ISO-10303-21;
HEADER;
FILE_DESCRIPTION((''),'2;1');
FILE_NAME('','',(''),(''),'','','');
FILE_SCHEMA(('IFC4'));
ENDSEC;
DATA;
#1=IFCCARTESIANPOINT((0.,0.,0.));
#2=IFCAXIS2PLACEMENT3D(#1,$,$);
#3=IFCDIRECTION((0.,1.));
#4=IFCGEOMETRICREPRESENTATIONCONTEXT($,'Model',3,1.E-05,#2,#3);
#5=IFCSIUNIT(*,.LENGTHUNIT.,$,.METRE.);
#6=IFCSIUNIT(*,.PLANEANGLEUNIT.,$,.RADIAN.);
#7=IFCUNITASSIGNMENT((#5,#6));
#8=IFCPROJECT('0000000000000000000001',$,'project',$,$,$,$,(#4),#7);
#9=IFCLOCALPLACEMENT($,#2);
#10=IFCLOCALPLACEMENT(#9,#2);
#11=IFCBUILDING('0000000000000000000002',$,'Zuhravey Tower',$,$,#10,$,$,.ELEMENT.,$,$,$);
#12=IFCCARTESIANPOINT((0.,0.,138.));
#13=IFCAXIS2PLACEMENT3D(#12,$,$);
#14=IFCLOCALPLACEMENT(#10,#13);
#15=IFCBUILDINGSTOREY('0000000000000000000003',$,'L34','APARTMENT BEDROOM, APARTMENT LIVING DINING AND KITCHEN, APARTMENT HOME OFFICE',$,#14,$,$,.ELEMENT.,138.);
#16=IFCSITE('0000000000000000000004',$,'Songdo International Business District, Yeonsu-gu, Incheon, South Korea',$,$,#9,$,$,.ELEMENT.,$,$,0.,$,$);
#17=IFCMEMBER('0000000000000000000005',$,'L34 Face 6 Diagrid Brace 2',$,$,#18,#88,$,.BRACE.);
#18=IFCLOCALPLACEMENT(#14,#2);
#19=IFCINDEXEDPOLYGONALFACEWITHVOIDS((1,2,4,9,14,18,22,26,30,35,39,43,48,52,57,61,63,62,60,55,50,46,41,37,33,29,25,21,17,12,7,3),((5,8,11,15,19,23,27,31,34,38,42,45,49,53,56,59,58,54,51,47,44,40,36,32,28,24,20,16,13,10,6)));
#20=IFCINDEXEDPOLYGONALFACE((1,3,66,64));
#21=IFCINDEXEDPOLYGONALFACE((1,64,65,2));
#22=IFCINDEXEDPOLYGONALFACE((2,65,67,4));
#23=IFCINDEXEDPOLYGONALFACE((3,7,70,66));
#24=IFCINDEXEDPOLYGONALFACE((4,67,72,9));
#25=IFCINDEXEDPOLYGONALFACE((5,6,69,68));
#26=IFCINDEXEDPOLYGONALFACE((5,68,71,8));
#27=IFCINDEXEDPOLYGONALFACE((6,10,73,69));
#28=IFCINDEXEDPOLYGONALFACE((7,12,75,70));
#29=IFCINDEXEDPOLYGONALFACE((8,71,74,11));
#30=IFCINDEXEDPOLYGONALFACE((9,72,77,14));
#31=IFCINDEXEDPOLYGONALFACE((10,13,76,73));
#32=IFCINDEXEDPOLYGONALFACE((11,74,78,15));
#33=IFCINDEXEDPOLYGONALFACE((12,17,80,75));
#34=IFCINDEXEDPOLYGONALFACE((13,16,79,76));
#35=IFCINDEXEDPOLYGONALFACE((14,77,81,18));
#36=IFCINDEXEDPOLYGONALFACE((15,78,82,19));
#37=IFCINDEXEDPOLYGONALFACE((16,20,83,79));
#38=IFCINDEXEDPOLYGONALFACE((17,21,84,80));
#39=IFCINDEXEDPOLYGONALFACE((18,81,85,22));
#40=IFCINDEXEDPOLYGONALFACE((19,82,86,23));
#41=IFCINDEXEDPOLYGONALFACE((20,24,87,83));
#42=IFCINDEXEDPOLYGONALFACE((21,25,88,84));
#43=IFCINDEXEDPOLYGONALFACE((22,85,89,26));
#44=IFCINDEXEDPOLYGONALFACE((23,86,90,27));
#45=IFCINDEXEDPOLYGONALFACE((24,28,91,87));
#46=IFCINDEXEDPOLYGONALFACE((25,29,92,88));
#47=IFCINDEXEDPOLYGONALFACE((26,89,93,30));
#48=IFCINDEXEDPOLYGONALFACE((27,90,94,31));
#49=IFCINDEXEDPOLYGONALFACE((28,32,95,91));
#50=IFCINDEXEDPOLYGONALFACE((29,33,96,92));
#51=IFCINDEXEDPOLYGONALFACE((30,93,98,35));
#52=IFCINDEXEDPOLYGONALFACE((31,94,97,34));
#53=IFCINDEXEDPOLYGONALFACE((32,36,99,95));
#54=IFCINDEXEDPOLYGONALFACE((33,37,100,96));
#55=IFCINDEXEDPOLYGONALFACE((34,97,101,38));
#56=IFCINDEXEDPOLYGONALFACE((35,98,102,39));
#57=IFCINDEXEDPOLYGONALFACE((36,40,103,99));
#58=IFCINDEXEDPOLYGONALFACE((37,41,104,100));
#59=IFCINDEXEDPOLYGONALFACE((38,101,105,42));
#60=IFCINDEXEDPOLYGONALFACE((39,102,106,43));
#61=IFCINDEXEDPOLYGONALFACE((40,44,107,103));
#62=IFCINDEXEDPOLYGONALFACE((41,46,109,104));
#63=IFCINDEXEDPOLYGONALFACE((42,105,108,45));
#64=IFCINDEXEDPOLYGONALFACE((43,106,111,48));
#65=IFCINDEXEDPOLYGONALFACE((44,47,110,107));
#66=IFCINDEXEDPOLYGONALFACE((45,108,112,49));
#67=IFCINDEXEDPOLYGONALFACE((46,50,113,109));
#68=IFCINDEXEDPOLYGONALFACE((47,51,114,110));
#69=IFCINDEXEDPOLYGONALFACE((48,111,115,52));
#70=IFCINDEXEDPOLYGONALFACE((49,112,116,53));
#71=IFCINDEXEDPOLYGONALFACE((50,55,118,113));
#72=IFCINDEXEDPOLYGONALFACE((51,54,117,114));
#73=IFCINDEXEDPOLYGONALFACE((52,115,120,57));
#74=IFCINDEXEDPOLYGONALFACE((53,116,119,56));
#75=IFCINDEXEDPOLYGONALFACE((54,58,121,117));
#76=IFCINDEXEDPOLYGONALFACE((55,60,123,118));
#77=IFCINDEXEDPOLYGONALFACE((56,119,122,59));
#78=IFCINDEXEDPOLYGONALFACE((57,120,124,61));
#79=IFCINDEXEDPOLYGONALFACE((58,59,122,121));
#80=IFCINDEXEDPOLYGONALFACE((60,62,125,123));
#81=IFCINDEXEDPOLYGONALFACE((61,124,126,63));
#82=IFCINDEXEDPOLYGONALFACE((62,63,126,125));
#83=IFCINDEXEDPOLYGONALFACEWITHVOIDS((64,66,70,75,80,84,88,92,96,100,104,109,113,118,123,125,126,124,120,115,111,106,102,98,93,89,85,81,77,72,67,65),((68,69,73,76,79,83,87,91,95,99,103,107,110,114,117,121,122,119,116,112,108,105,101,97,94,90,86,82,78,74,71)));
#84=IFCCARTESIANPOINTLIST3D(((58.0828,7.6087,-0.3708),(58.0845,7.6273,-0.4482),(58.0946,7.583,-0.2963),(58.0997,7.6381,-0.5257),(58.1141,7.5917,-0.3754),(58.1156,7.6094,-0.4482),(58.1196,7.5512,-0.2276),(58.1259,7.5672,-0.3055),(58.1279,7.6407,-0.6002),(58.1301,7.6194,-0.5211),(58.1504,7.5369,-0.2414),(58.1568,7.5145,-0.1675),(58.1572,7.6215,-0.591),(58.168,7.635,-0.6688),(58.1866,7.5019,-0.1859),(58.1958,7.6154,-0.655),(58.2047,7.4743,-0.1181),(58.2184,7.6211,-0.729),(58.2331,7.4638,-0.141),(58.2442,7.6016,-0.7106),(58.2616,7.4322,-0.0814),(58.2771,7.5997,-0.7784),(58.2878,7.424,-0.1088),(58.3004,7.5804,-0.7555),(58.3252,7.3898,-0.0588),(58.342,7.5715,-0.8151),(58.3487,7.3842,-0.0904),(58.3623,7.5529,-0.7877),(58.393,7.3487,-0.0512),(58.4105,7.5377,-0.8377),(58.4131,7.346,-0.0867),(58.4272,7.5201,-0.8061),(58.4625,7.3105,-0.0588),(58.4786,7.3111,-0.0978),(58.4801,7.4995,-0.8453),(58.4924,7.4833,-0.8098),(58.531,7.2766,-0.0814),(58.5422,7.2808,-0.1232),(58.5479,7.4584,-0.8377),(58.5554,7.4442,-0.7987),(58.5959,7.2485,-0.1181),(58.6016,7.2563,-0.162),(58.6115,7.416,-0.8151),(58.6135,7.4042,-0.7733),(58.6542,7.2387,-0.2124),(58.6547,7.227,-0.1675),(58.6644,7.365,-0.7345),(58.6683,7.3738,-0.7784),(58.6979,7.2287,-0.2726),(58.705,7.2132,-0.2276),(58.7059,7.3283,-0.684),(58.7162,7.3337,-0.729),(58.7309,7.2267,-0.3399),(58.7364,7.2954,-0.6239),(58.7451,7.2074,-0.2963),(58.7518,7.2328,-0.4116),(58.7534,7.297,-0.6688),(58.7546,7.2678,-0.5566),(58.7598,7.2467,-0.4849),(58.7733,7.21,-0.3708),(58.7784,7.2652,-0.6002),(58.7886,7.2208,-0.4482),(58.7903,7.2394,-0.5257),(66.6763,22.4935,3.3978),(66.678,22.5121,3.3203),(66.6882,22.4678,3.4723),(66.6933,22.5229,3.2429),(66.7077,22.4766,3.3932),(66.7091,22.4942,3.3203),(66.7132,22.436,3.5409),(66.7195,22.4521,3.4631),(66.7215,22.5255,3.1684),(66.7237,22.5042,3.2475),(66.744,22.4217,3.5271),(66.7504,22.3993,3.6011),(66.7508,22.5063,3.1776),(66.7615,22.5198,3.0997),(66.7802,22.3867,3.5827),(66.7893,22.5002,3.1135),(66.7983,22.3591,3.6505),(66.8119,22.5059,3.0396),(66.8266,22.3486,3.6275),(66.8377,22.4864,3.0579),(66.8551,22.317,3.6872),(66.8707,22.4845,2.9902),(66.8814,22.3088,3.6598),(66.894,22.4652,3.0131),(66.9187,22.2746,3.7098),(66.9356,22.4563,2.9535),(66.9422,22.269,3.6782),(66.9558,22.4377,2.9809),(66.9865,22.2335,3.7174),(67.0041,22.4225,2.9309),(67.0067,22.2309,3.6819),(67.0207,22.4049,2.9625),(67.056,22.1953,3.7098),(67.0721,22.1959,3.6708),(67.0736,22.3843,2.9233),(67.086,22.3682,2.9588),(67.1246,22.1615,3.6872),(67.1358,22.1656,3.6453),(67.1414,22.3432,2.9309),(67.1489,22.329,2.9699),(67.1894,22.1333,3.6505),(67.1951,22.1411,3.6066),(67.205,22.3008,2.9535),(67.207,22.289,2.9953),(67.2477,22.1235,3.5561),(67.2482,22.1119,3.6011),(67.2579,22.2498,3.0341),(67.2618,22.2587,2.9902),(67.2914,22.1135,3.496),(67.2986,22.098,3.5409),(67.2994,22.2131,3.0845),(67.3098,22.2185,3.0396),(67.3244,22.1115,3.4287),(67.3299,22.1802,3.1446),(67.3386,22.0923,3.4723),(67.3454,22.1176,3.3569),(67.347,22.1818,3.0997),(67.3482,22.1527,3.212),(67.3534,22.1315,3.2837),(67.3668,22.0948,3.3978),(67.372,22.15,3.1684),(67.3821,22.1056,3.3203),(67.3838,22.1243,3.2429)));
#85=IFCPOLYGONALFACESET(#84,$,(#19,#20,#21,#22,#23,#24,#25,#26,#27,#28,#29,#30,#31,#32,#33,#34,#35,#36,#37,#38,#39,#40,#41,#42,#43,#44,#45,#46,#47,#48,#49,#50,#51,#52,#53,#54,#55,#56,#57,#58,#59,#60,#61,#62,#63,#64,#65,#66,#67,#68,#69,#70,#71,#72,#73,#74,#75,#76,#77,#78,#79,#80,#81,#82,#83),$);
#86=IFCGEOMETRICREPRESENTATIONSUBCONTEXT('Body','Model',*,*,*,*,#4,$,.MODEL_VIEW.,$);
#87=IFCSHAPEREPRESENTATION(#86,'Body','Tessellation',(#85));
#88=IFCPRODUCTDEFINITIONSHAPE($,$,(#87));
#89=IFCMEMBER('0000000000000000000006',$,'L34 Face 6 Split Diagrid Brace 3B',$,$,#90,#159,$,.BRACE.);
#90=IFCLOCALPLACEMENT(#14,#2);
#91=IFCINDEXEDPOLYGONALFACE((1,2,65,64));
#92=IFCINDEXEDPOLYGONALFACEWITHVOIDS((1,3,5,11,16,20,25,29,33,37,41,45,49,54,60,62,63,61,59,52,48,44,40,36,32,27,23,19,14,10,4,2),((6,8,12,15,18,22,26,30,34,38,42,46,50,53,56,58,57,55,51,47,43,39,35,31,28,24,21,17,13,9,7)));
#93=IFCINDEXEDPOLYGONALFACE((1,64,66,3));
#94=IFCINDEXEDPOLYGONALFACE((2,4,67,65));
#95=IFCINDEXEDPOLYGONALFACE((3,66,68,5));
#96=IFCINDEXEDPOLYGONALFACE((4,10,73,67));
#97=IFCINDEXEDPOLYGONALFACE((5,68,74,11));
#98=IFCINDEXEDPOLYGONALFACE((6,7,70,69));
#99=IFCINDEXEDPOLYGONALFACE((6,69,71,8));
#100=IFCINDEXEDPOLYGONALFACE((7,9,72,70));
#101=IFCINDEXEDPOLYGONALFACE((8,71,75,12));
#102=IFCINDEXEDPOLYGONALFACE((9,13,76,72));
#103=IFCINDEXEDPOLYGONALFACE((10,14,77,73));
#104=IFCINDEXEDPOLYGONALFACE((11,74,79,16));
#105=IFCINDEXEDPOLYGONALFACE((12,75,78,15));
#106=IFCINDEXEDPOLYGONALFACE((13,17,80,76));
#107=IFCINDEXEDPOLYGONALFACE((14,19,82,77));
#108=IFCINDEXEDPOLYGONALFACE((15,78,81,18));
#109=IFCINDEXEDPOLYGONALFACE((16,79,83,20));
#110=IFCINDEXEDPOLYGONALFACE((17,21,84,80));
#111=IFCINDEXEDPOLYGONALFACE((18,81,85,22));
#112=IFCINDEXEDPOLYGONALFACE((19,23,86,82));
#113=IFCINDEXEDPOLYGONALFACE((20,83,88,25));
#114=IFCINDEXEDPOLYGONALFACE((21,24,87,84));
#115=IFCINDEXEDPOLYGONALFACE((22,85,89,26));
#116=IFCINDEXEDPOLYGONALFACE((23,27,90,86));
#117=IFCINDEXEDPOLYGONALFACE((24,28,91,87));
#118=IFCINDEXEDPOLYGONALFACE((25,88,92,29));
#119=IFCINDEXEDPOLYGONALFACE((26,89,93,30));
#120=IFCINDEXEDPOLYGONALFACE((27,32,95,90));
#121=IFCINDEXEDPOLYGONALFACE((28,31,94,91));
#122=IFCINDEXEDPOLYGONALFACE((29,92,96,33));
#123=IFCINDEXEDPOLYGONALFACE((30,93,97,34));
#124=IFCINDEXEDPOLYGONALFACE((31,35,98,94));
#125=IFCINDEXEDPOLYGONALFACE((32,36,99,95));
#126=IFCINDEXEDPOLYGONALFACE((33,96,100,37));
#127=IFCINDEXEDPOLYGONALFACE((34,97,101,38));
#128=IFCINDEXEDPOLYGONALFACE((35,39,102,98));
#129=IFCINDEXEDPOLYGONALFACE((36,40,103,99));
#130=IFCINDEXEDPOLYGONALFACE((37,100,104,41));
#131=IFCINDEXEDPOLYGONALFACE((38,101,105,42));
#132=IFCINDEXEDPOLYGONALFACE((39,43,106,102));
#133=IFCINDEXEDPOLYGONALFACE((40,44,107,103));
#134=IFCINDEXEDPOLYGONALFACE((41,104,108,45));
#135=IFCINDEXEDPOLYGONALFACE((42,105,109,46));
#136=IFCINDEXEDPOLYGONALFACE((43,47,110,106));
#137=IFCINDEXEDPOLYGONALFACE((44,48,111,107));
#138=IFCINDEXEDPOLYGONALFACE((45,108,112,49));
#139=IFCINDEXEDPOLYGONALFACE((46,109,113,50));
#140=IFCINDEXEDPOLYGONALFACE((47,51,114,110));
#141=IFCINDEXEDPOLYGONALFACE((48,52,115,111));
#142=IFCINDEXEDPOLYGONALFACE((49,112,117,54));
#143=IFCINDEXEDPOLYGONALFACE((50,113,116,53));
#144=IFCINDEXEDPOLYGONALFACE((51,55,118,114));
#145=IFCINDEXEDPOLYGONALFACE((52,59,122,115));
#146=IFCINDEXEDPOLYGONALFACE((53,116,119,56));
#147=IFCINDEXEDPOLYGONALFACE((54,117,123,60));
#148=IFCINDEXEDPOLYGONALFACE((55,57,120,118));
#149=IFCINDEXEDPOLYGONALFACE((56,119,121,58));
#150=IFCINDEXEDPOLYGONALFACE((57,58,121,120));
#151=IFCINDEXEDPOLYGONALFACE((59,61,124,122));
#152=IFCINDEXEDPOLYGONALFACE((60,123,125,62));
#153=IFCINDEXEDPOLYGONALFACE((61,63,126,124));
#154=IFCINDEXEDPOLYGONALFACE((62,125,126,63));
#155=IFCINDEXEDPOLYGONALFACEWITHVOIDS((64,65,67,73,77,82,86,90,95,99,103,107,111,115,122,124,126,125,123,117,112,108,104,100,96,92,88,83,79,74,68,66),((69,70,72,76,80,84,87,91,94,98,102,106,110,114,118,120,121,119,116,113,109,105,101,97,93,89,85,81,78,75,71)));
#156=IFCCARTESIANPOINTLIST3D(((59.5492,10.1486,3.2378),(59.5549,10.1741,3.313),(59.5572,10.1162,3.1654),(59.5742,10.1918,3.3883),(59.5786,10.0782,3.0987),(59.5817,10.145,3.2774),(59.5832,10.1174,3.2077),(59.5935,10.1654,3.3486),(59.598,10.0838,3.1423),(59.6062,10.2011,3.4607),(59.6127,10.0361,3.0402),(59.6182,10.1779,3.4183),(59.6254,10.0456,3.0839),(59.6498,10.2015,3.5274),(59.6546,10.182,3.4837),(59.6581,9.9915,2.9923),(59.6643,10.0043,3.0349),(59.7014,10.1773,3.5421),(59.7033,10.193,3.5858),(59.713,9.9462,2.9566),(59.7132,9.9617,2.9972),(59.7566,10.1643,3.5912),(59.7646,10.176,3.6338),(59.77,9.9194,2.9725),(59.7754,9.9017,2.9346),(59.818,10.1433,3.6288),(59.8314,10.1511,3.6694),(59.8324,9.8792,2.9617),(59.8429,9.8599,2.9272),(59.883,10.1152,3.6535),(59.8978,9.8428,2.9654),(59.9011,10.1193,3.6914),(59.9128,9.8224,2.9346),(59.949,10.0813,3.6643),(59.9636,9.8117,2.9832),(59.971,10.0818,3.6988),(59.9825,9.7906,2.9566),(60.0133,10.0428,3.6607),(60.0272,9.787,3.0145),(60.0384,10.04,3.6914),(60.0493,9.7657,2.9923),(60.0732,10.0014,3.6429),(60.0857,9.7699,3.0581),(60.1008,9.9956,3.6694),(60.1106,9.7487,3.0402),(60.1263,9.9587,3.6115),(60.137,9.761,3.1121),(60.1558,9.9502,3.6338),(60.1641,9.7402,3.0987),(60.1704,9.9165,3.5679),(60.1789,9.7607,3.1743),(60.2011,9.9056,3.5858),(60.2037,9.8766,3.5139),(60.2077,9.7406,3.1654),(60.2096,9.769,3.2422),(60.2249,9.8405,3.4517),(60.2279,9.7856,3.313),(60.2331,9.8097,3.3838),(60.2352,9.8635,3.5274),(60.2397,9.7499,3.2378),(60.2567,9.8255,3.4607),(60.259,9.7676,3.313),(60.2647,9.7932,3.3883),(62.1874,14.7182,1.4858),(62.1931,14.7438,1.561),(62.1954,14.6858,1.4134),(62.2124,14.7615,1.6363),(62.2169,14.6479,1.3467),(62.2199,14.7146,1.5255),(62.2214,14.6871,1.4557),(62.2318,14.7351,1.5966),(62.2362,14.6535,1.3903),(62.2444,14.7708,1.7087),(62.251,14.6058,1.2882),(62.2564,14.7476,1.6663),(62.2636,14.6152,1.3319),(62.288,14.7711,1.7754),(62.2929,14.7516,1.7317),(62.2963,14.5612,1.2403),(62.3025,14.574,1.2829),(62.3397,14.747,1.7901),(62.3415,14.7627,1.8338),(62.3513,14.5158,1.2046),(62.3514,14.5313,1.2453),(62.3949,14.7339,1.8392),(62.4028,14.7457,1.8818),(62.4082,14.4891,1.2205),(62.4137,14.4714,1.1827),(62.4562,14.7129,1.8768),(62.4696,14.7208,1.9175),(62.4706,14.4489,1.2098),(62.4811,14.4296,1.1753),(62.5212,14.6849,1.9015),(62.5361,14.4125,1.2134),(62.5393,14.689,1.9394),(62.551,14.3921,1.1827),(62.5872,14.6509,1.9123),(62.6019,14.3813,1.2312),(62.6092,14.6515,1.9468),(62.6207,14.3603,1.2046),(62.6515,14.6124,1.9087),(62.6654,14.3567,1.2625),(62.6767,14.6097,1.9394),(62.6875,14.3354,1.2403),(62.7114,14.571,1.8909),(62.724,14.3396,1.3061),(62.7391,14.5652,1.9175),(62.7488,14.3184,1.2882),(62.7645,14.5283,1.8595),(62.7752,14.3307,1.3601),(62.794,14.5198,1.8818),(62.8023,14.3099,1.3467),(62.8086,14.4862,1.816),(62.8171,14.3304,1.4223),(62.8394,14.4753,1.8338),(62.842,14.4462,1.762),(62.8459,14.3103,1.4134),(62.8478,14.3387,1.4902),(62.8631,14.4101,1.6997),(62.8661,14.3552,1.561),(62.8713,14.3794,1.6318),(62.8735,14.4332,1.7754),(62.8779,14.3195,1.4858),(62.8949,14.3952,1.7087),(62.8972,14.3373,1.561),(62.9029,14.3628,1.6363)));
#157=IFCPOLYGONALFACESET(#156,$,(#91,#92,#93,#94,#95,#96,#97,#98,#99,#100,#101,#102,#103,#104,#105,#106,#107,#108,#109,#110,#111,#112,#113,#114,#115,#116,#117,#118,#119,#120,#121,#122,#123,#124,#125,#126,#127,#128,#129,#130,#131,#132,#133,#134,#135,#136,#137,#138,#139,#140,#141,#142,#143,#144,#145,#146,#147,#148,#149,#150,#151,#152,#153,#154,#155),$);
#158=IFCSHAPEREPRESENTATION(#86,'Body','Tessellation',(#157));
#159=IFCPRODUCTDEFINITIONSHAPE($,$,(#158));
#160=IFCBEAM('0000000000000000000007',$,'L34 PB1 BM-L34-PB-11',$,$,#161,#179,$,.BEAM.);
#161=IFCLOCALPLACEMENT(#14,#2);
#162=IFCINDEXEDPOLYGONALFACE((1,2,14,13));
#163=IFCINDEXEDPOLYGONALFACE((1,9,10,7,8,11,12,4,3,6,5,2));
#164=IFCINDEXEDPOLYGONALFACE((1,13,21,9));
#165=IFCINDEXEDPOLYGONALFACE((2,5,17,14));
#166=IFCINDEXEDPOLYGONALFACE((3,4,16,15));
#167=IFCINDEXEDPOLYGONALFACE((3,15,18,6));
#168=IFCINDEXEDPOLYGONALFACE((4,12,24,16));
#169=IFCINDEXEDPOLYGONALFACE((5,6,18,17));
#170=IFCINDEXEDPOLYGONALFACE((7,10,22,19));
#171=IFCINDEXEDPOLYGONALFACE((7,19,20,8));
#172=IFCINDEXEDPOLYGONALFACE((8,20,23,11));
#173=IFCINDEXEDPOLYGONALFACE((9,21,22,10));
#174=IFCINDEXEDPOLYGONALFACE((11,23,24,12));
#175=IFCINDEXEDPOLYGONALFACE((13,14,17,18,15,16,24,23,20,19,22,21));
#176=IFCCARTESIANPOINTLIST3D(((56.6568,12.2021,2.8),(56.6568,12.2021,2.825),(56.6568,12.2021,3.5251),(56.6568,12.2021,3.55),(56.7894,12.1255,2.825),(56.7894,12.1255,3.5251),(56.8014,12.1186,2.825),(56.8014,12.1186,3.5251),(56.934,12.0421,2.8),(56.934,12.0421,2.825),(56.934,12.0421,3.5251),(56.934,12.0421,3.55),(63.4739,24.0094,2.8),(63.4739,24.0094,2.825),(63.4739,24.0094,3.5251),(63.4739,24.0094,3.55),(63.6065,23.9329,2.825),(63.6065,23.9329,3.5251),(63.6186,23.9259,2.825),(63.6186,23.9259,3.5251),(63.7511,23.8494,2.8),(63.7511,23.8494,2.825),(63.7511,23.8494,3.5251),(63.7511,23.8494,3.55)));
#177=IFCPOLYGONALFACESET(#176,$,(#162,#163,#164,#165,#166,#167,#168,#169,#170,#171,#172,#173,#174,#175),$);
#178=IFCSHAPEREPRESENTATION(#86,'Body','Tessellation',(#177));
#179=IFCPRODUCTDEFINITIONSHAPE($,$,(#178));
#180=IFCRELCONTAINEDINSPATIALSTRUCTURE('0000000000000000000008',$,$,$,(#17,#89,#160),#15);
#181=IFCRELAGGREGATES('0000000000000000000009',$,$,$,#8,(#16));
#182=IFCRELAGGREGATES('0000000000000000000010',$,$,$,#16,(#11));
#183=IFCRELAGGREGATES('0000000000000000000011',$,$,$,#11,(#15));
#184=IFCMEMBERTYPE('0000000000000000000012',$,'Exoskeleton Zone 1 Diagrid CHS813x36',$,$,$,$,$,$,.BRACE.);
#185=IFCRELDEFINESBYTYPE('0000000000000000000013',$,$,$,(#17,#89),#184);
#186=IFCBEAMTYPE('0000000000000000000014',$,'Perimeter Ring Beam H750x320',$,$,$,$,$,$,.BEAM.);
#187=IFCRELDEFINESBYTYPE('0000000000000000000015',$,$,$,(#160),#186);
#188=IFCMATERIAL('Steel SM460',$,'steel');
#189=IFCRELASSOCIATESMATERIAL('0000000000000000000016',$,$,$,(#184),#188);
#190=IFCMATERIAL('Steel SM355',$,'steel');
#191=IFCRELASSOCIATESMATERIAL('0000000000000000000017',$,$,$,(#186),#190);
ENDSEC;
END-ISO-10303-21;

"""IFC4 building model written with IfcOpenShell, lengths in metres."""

from ifc_helpers import new_model, si_unit, direction, frame, origin, origin_2d, place, context, subcontext, project, spatial, hollow_circle, i_section, extrude, material, material_profile, profile_set, type_object, element, save


model = new_model("IFC4")

# Units and contexts
model_context = context("Model", 3, precision=1e-05, world=origin(), true_north=direction((0.0, 1.0)))
body_context = subcontext(model_context, "Body", "Model", "MODEL_VIEW")
ifc_project = project(units=[si_unit("LENGTHUNIT", "METRE"), si_unit("PLANEANGLEUNIT", "RADIAN")], contexts=[model_context])

# Site, building, storey
site_placement = place(None, origin())
site = spatial("IfcSite", under=ifc_project, at=site_placement, Name="Songdo International Business District, Yeonsu-gu, Incheon, South Korea", CompositionType="ELEMENT", RefElevation=0.0)
building_placement = place(site_placement, origin())
building = spatial("IfcBuilding", under=site, at=building_placement, Name="Zuhravey Tower", CompositionType="ELEMENT")
storey_placement = place(building_placement, frame((0.0, 0.0, 138.0)))
storey = spatial("IfcBuildingStorey", under=building, at=storey_placement, Name="L34", Description="APARTMENT BEDROOM, APARTMENT LIVING DINING AND KITCHEN, APARTMENT HOME OFFICE", CompositionType="ELEMENT", Elevation=138.0)

# Shared definitions
ifc_material_1 = material(Name="Steel SM460", Category="steel")

# Members
ifc_material_2 = material(Name="Steel SM355", Category="steel")
ifc_material_profile_1 = material_profile(ifc_material_1, hollow_circle(Radius=0.4065, WallThickness=0.0359, at=origin_2d()), Name="CHS-812.8x36")
ifc_profile_set_1 = profile_set([ifc_material_profile_1], Name="Steel SM460")
member_type_1 = type_object("IfcMemberType", Name="Exoskeleton Zone 1 Diagrid CHS813x36", PredefinedType="BRACE", material=ifc_profile_set_1)
member_1_placement = place(storey_placement, frame((58.4365, 7.4241, -0.4482), z_axis=(0.488388, 0.845935, 0.214175), x_axis=(-0.866031, 0.499991, 0.0)))
element("IfcMember", 1, at=member_1_placement, inside=storey, type_object=member_type_1, Name="L34 Face 6 Diagrid Brace 2", PredefinedType="BRACE", context=body_context, shape_type="SweptSolid", body=[
    extrude(hollow_circle(Radius=0.4065, WallThickness=0.0359, at=origin_2d()), origin(), (0.0, 0.0, 1.0), 17.5957),
])
member_2_placement = place(storey_placement, frame((62.5452, 14.5405, 1.561), z_axis=(-0.474518, -0.821909, 0.315116), x_axis=(0.866031, -0.499991, 0.0)))
element("IfcMember", 2, at=member_2_placement, inside=storey, type_object=member_type_1, Name="L34 Face 6 Split Diagrid Brace 3B", PredefinedType="BRACE", context=body_context, shape_type="SweptSolid", body=[
    extrude(hollow_circle(Radius=0.4065, WallThickness=0.0359, at=origin_2d()), origin(), (0.0, 0.0, 1.0), 5.5598),
])

# Beam
ifc_material_profile_2 = material_profile(ifc_material_2, i_section(OverallWidth=0.3201, OverallDepth=0.75, WebThickness=0.0139, FlangeThickness=0.0249, at=origin_2d()), Name="H-750x320x14x25")
ifc_profile_set_2 = profile_set([ifc_material_profile_2], Name="Steel SM355")
beam_type_1 = type_object("IfcBeamType", Name="Perimeter Ring Beam H750x320", PredefinedType="BEAM", material=ifc_profile_set_2)
beam_1_placement = place(storey_placement, frame((56.7954, 12.1221, 3.175), z_axis=(0.500008, 0.866021, 0.0), x_axis=(-0.866021, 0.500008, 0.0)))
element("IfcBeam", 3, at=beam_1_placement, inside=storey, type_object=beam_type_1, Name="L34 PB1 BM-L34-PB-11", PredefinedType="BEAM", context=body_context, shape_type="SweptSolid", body=[
    extrude(i_section(OverallWidth=0.3201, OverallDepth=0.75, WebThickness=0.0139, FlangeThickness=0.0249, at=origin_2d()), origin(), (0.0, 0.0, 1.0), 13.634),
])

save(model, "model.ifc")
